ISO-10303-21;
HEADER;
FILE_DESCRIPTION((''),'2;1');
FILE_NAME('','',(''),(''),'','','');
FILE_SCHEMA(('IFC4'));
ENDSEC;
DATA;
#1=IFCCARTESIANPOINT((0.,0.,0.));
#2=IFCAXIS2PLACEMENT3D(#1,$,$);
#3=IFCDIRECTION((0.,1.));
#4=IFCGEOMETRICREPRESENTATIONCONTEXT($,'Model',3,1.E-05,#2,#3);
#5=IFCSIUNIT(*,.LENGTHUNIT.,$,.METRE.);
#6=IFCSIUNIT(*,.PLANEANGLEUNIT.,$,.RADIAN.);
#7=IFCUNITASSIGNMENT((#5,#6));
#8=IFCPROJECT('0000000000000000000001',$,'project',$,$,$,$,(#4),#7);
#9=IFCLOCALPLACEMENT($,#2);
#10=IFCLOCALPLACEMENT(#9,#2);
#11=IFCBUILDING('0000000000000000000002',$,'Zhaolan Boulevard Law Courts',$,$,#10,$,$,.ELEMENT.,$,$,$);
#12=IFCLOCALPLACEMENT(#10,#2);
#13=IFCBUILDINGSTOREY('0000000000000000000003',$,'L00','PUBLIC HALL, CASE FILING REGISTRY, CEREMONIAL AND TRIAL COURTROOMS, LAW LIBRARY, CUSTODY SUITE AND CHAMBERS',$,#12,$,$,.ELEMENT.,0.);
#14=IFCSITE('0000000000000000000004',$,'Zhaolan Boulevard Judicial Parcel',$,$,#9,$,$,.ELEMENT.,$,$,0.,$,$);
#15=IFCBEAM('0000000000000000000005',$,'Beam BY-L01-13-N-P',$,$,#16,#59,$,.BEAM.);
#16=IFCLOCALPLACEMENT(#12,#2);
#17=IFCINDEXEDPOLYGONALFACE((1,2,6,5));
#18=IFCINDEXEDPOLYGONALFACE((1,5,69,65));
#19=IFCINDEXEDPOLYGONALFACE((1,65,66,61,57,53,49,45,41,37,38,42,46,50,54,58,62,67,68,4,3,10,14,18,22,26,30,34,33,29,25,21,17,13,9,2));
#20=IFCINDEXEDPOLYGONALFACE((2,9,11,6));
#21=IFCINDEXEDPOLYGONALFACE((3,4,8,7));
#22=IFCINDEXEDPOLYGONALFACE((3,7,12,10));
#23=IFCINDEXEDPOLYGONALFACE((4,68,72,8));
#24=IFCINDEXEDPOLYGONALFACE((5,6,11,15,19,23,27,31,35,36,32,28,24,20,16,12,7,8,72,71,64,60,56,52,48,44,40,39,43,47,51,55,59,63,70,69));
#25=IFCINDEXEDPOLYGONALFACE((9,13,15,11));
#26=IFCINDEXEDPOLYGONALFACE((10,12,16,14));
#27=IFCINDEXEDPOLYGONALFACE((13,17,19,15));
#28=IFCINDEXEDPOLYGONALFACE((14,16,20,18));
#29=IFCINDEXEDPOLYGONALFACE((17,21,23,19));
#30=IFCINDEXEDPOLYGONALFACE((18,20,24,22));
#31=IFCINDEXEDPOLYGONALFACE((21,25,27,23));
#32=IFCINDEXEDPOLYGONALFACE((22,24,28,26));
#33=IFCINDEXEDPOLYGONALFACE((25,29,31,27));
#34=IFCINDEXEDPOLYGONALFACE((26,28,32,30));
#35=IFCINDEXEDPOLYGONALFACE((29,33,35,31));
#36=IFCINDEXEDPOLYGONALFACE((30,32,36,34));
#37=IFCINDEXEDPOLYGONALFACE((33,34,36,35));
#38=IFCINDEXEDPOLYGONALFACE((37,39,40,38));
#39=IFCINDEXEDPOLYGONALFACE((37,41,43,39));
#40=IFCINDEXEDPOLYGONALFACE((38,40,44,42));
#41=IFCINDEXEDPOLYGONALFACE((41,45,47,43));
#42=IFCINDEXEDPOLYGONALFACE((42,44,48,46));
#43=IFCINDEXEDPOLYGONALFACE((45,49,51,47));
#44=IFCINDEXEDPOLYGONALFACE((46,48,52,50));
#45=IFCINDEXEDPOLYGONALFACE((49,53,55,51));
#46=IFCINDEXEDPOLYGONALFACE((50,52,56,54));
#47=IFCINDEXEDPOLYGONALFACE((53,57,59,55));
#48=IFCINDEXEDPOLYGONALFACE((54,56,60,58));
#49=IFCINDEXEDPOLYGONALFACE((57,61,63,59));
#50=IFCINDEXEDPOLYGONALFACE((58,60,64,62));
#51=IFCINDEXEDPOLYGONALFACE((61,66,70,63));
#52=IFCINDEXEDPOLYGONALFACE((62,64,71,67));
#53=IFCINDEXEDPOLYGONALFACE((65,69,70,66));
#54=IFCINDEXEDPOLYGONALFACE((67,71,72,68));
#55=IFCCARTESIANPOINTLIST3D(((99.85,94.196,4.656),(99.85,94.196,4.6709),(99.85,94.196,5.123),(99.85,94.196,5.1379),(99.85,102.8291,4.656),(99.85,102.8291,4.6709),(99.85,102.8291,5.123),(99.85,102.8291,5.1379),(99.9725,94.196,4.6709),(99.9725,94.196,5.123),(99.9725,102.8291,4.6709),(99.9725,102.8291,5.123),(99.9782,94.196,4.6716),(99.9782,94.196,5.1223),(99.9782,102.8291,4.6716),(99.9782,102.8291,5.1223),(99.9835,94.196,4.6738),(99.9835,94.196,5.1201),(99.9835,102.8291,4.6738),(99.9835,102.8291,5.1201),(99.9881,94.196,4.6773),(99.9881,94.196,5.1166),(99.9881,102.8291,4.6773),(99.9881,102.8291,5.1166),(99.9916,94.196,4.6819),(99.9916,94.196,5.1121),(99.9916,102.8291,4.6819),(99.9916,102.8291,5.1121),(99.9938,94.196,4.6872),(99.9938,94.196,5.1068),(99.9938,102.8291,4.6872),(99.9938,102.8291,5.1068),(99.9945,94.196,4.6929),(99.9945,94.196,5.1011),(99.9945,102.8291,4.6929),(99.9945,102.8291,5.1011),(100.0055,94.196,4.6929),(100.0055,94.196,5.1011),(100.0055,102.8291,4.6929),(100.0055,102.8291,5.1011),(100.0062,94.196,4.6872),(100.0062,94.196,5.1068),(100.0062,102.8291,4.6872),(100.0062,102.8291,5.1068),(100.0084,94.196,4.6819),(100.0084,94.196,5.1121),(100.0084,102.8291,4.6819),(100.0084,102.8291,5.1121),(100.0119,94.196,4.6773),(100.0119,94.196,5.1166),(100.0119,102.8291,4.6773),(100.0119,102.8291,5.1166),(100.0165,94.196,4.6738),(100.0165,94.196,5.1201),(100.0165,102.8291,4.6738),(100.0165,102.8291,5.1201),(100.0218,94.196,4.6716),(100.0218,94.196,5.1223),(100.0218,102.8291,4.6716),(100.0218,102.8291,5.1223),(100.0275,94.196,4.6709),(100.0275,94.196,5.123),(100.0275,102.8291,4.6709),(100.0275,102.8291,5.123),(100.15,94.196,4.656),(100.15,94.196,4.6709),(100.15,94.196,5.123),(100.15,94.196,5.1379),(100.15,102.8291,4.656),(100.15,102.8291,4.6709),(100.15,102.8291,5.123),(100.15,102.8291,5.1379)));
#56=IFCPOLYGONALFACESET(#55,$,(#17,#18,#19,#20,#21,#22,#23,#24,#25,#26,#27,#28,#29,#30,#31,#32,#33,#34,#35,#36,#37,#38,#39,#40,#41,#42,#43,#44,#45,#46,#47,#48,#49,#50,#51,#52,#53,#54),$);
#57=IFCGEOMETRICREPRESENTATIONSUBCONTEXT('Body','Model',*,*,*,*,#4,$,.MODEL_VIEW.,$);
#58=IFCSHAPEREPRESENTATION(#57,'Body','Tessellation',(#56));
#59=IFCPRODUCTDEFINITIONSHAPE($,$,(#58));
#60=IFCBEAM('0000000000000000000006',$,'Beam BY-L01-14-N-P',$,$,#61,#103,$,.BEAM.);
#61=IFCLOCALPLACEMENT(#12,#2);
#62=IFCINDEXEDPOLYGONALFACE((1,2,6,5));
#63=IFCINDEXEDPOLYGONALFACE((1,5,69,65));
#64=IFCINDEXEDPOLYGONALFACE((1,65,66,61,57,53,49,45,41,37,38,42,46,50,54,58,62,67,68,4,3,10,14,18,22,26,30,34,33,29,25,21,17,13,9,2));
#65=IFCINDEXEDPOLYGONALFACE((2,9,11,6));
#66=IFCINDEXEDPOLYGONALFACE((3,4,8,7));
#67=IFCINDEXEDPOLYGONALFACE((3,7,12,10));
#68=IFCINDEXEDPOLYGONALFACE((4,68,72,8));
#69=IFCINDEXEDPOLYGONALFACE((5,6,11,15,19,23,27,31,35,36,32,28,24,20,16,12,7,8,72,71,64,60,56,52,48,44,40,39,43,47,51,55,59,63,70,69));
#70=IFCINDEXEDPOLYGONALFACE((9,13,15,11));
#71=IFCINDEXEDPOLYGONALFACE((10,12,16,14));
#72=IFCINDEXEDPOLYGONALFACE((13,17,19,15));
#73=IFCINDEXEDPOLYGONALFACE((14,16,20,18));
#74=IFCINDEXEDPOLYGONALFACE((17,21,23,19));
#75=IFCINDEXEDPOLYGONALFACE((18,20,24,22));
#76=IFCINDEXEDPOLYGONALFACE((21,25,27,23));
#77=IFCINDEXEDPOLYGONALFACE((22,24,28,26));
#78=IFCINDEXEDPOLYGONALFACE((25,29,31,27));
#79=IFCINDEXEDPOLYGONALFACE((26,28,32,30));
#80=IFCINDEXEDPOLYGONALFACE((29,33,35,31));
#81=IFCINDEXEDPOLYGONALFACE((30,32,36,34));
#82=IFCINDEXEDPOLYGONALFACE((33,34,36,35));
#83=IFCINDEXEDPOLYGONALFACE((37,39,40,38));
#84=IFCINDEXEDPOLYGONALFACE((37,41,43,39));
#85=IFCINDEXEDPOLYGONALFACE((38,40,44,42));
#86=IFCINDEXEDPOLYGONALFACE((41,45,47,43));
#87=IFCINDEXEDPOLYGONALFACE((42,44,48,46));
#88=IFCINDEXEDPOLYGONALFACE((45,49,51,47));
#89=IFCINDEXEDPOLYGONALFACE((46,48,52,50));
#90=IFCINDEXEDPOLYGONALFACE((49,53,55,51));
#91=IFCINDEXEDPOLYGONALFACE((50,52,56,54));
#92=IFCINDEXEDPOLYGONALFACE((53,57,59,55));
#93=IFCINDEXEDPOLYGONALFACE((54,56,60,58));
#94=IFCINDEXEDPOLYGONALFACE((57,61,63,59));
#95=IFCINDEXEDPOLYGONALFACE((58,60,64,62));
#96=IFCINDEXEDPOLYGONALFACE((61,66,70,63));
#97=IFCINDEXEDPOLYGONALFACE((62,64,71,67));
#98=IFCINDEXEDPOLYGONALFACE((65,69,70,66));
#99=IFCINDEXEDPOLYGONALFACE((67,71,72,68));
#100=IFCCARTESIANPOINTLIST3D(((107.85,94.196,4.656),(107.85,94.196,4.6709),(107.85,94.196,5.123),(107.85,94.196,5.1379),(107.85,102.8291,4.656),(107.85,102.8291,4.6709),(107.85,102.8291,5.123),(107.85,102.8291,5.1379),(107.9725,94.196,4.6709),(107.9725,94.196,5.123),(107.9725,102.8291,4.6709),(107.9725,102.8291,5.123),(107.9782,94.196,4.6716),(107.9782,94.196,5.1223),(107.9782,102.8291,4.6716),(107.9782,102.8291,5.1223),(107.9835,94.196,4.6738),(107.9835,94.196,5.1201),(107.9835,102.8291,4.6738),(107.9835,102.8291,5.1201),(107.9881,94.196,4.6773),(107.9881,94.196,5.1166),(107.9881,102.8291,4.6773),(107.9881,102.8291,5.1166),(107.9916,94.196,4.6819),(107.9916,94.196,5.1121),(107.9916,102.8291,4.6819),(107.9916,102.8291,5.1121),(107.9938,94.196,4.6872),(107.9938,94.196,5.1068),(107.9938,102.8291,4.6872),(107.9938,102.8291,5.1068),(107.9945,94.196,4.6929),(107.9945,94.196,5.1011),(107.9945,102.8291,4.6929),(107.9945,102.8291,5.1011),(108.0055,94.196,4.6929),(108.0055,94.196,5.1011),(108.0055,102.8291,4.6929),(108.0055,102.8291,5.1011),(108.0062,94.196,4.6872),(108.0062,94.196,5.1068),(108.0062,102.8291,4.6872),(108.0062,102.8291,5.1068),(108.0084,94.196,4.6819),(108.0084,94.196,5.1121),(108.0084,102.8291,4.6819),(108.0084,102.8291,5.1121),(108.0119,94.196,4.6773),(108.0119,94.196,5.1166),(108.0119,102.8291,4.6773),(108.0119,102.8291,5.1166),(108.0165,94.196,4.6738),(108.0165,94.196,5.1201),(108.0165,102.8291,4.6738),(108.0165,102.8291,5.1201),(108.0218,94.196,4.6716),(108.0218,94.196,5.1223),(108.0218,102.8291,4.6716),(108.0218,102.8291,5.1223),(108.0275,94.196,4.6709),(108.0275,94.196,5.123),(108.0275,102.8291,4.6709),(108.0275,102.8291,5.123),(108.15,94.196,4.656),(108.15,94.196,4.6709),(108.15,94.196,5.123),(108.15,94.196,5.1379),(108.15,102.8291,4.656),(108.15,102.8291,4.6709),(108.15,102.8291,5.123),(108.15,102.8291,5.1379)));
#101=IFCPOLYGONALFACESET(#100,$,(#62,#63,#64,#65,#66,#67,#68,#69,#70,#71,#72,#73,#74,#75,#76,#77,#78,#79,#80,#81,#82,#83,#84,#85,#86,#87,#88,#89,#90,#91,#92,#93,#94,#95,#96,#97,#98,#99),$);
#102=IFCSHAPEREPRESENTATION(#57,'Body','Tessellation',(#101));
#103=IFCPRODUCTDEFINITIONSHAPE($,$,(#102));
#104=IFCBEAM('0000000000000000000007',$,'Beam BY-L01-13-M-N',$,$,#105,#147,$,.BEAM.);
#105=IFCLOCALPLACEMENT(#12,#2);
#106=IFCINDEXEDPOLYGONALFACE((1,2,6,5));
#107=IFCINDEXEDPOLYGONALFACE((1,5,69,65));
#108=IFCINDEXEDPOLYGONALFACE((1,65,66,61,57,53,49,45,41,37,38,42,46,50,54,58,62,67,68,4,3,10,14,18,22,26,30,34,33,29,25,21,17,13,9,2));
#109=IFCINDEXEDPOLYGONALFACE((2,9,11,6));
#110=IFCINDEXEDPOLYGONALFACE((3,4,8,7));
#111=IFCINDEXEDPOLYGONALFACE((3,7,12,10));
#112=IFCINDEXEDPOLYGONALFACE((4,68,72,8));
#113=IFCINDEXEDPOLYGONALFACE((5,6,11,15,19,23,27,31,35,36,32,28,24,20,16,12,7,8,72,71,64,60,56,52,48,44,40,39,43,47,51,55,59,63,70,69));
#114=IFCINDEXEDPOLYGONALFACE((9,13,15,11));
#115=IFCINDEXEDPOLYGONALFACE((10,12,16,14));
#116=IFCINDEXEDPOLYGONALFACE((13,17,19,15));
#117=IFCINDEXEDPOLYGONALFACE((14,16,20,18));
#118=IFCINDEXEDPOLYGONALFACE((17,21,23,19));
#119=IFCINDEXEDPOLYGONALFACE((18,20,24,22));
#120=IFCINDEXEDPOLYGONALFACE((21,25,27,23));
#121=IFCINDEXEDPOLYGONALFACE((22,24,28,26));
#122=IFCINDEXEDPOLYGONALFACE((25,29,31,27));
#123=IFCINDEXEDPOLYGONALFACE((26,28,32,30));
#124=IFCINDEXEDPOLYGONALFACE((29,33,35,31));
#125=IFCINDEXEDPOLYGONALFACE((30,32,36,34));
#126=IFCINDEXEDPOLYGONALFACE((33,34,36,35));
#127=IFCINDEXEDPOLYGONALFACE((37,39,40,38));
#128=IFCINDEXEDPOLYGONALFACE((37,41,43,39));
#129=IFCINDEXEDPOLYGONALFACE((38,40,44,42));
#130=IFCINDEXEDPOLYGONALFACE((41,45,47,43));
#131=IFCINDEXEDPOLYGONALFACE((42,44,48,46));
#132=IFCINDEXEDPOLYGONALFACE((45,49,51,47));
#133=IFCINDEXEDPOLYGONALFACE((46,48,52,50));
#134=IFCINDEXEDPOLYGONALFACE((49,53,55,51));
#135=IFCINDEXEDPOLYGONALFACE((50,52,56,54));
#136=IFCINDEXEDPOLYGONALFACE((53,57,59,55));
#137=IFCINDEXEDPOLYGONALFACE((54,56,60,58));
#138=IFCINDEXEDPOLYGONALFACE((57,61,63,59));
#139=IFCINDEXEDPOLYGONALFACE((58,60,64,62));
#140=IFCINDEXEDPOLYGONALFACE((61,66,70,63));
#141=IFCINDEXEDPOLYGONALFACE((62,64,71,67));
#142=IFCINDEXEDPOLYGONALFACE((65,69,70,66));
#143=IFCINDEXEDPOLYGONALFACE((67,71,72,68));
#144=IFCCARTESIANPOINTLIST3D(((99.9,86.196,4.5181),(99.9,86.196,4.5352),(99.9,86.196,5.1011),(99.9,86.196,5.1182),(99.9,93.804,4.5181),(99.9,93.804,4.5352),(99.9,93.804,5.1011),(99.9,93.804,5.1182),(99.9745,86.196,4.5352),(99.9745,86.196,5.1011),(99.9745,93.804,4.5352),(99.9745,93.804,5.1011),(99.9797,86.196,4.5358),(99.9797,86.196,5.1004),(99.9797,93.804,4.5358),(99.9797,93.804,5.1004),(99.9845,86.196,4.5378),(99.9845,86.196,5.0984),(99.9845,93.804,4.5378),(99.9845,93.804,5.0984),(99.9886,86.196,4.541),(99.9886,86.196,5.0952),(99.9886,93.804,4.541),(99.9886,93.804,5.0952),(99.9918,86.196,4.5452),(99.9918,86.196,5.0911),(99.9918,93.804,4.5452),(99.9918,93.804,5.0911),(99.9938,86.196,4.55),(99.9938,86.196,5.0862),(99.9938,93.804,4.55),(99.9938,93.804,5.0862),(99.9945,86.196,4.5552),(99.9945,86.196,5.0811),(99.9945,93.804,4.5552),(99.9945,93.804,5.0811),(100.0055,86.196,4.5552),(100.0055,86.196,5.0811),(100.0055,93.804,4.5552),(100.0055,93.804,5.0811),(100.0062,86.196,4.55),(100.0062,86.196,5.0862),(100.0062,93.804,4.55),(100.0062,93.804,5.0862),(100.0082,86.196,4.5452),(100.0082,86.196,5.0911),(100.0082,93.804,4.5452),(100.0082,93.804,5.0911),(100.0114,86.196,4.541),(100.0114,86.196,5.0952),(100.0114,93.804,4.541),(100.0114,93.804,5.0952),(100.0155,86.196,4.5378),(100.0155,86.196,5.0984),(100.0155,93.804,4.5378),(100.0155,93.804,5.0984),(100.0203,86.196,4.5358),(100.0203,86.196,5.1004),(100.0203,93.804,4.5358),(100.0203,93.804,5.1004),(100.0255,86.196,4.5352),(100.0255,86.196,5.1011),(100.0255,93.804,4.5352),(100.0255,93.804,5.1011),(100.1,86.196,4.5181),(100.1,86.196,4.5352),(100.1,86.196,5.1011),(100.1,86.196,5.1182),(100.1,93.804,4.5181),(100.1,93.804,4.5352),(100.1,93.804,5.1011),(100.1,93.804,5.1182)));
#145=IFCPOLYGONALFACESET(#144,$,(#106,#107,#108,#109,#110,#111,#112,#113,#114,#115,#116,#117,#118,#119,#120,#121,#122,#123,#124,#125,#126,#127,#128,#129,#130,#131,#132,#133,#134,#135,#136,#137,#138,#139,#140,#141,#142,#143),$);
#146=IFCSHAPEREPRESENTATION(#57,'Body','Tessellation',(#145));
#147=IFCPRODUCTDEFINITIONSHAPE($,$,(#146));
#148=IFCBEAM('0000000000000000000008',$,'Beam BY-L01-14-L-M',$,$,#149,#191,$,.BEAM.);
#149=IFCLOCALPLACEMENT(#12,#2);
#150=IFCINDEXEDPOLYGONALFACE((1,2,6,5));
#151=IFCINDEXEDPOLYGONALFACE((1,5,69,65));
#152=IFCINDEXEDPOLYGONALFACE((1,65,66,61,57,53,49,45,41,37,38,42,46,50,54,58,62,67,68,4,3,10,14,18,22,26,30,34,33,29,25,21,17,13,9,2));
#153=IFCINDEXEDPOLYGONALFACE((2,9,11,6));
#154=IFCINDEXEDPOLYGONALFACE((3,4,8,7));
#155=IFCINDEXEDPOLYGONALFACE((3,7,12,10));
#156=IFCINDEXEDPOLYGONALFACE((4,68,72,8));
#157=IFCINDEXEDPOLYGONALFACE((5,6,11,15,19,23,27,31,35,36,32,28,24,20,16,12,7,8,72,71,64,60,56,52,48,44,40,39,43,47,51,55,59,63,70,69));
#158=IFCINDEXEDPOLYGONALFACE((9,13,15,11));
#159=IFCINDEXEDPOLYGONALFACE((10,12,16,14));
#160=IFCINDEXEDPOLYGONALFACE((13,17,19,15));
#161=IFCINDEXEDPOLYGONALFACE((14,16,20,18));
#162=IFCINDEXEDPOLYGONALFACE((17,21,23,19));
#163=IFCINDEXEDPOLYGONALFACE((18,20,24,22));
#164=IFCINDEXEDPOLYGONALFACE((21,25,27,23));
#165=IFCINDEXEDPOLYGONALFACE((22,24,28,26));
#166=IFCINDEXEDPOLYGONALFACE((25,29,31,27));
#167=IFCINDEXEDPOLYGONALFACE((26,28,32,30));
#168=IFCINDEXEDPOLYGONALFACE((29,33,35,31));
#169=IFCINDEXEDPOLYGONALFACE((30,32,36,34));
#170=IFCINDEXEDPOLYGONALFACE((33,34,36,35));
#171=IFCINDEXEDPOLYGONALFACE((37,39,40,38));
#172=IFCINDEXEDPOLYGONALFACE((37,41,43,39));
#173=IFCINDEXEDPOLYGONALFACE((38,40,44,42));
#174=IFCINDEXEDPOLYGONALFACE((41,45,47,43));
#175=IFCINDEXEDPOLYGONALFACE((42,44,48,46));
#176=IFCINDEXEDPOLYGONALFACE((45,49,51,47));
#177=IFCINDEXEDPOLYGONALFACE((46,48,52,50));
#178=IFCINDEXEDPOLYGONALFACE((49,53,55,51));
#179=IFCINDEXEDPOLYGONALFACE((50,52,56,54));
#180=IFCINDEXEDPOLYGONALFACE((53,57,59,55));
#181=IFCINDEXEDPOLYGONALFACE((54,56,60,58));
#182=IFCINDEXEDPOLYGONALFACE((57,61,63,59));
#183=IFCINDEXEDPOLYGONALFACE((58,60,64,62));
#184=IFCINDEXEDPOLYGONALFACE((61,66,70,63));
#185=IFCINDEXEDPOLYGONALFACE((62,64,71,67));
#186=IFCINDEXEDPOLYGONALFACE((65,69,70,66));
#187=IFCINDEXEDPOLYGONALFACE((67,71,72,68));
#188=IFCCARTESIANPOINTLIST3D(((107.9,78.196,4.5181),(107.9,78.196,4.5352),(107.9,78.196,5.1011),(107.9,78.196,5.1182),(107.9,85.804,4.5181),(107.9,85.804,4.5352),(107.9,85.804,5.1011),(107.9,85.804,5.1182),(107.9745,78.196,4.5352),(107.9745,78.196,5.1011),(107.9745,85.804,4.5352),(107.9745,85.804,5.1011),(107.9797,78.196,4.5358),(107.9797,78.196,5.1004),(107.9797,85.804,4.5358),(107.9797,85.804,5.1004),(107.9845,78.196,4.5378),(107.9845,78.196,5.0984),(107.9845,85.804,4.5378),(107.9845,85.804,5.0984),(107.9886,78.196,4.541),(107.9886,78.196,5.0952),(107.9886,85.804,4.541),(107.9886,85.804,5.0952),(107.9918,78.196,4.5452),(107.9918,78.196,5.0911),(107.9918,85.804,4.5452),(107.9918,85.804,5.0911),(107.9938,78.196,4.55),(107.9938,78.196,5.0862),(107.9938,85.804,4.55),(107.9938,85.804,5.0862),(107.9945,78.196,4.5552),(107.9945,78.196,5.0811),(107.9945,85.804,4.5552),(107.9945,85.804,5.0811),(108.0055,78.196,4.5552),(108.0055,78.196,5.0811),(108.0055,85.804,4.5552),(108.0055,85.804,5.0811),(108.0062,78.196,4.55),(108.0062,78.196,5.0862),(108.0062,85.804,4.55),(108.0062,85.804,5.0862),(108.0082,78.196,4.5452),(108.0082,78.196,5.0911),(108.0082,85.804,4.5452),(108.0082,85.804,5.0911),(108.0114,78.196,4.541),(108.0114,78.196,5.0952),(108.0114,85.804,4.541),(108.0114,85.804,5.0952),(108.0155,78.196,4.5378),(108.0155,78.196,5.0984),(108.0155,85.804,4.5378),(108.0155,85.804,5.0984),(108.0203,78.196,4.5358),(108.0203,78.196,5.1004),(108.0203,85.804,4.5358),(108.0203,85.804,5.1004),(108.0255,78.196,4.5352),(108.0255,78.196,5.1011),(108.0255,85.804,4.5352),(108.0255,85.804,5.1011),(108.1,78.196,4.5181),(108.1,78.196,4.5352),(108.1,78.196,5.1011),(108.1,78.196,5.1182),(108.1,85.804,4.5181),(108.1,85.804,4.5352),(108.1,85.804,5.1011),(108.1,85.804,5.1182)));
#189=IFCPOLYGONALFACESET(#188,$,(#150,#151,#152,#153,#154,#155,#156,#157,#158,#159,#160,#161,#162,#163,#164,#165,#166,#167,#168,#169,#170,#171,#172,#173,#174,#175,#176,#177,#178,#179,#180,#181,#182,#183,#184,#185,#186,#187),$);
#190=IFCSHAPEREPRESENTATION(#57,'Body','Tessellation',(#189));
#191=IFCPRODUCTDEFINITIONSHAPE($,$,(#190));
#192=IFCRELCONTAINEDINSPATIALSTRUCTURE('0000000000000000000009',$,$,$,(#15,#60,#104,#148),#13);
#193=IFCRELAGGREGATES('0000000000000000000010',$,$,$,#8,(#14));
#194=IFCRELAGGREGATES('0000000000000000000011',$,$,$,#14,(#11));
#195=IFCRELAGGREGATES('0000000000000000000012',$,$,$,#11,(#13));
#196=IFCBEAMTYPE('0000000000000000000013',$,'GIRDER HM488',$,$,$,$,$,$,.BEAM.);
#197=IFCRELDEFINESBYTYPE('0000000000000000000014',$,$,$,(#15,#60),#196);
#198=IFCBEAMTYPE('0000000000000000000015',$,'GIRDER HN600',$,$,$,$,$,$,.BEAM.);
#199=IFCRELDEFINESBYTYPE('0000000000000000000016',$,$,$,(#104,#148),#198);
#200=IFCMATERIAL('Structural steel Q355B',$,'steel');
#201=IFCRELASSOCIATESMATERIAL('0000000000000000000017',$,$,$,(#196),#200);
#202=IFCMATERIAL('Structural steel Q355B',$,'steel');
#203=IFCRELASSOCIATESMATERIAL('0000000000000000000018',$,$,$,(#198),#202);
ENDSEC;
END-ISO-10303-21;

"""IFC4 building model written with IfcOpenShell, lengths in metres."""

from ifc_helpers import new_model, si_unit, direction, frame, origin, origin_2d, place, context, subcontext, project, spatial, i_section, extrude, material, material_profile, profile_set, type_object, element, save


model = new_model("IFC4")

# Units and contexts
model_context = context("Model", 3, precision=1e-05, world=origin(), true_north=direction((0.0, 1.0)))
body_context = subcontext(model_context, "Body", "Model", "MODEL_VIEW")
ifc_project = project(units=[si_unit("LENGTHUNIT", "METRE"), si_unit("PLANEANGLEUNIT", "RADIAN")], contexts=[model_context])

# Site, building, storey
site_placement = place(None, origin())
site = spatial("IfcSite", under=ifc_project, at=site_placement, Name="Zhaolan Boulevard Judicial Parcel", CompositionType="ELEMENT", RefElevation=0.0)
building_placement = place(site_placement, origin())
building = spatial("IfcBuilding", under=site, at=building_placement, Name="Zhaolan Boulevard Law Courts", CompositionType="ELEMENT")
storey_placement = place(building_placement, origin())
storey = spatial("IfcBuildingStorey", under=building, at=storey_placement, Name="L00", Description="PUBLIC HALL, CASE FILING REGISTRY, CEREMONIAL AND TRIAL COURTROOMS, LAW LIBRARY, CUSTODY SUITE AND CHAMBERS", CompositionType="ELEMENT", Elevation=0.0)

# Beams
ifc_material_1 = material(Name="Structural steel Q355B", Category="steel")
ifc_material_profile_1 = material_profile(ifc_material_1, i_section(OverallWidth=0.3, OverallDepth=0.4819, WebThickness=0.011, FlangeThickness=0.0149, FilletRadius=0.022, at=origin_2d()), Name="HM482x300")
ifc_profile_set_1 = profile_set([ifc_material_profile_1], Name="Structural steel Q355B")
beam_type_1 = type_object("IfcBeamType", Name="GIRDER HM488", PredefinedType="BEAM", material=ifc_profile_set_1)
for number, where, z_axis, x_axis, name in (
    (1, (100.0, 94.196, 4.897), (0.0, 1.0, 0.0), (-1.0, 0.0, 0.0), "Beam BY-L01-13-N-P"),
    (2, (108.0, 94.196, 4.897), (0.0, 1.0, 0.0), (-1.0, 0.0, 0.0), "Beam BY-L01-14-N-P"),
):
    element("IfcBeam", number, at=place(storey_placement, frame(where, z_axis=z_axis, x_axis=x_axis)), inside=storey, type_object=beam_type_1, Name=name, PredefinedType="BEAM", context=body_context, shape_type="SweptSolid", body=[
        extrude(i_section(OverallWidth=0.3, OverallDepth=0.4819, WebThickness=0.011, FlangeThickness=0.0149, FilletRadius=0.022, at=origin_2d()), origin(), (0.0, 0.0, 1.0), 8.6331),
    ])
ifc_material_2 = material(Name="Structural steel Q355B", Category="steel")
ifc_material_profile_2 = material_profile(ifc_material_2, i_section(OverallWidth=0.2, OverallDepth=0.6001, WebThickness=0.011, FlangeThickness=0.0171, FilletRadius=0.02, at=origin_2d()), Name="HN600x200")
ifc_profile_set_2 = profile_set([ifc_material_profile_2], Name="Structural steel Q355B")
beam_type_2 = type_object("IfcBeamType", Name="GIRDER HN600", PredefinedType="BEAM", material=ifc_profile_set_2)
for number, where, z_axis, x_axis, name in (
    (3, (100.0, 86.196, 4.8181), (0.0, 1.0, 0.0), (-1.0, 0.0, 0.0), "Beam BY-L01-13-M-N"),
    (4, (108.0, 78.196, 4.8181), (0.0, 1.0, 0.0), (-1.0, 0.0, 0.0), "Beam BY-L01-14-L-M"),
):
    element("IfcBeam", number, at=place(storey_placement, frame(where, z_axis=z_axis, x_axis=x_axis)), inside=storey, type_object=beam_type_2, Name=name, PredefinedType="BEAM", context=body_context, shape_type="SweptSolid", body=[
        extrude(i_section(OverallWidth=0.2, OverallDepth=0.6001, WebThickness=0.011, FlangeThickness=0.0171, FilletRadius=0.02, at=origin_2d()), origin(), (0.0, 0.0, 1.0), 7.6079),
    ])

save(model, "model.ifc")
